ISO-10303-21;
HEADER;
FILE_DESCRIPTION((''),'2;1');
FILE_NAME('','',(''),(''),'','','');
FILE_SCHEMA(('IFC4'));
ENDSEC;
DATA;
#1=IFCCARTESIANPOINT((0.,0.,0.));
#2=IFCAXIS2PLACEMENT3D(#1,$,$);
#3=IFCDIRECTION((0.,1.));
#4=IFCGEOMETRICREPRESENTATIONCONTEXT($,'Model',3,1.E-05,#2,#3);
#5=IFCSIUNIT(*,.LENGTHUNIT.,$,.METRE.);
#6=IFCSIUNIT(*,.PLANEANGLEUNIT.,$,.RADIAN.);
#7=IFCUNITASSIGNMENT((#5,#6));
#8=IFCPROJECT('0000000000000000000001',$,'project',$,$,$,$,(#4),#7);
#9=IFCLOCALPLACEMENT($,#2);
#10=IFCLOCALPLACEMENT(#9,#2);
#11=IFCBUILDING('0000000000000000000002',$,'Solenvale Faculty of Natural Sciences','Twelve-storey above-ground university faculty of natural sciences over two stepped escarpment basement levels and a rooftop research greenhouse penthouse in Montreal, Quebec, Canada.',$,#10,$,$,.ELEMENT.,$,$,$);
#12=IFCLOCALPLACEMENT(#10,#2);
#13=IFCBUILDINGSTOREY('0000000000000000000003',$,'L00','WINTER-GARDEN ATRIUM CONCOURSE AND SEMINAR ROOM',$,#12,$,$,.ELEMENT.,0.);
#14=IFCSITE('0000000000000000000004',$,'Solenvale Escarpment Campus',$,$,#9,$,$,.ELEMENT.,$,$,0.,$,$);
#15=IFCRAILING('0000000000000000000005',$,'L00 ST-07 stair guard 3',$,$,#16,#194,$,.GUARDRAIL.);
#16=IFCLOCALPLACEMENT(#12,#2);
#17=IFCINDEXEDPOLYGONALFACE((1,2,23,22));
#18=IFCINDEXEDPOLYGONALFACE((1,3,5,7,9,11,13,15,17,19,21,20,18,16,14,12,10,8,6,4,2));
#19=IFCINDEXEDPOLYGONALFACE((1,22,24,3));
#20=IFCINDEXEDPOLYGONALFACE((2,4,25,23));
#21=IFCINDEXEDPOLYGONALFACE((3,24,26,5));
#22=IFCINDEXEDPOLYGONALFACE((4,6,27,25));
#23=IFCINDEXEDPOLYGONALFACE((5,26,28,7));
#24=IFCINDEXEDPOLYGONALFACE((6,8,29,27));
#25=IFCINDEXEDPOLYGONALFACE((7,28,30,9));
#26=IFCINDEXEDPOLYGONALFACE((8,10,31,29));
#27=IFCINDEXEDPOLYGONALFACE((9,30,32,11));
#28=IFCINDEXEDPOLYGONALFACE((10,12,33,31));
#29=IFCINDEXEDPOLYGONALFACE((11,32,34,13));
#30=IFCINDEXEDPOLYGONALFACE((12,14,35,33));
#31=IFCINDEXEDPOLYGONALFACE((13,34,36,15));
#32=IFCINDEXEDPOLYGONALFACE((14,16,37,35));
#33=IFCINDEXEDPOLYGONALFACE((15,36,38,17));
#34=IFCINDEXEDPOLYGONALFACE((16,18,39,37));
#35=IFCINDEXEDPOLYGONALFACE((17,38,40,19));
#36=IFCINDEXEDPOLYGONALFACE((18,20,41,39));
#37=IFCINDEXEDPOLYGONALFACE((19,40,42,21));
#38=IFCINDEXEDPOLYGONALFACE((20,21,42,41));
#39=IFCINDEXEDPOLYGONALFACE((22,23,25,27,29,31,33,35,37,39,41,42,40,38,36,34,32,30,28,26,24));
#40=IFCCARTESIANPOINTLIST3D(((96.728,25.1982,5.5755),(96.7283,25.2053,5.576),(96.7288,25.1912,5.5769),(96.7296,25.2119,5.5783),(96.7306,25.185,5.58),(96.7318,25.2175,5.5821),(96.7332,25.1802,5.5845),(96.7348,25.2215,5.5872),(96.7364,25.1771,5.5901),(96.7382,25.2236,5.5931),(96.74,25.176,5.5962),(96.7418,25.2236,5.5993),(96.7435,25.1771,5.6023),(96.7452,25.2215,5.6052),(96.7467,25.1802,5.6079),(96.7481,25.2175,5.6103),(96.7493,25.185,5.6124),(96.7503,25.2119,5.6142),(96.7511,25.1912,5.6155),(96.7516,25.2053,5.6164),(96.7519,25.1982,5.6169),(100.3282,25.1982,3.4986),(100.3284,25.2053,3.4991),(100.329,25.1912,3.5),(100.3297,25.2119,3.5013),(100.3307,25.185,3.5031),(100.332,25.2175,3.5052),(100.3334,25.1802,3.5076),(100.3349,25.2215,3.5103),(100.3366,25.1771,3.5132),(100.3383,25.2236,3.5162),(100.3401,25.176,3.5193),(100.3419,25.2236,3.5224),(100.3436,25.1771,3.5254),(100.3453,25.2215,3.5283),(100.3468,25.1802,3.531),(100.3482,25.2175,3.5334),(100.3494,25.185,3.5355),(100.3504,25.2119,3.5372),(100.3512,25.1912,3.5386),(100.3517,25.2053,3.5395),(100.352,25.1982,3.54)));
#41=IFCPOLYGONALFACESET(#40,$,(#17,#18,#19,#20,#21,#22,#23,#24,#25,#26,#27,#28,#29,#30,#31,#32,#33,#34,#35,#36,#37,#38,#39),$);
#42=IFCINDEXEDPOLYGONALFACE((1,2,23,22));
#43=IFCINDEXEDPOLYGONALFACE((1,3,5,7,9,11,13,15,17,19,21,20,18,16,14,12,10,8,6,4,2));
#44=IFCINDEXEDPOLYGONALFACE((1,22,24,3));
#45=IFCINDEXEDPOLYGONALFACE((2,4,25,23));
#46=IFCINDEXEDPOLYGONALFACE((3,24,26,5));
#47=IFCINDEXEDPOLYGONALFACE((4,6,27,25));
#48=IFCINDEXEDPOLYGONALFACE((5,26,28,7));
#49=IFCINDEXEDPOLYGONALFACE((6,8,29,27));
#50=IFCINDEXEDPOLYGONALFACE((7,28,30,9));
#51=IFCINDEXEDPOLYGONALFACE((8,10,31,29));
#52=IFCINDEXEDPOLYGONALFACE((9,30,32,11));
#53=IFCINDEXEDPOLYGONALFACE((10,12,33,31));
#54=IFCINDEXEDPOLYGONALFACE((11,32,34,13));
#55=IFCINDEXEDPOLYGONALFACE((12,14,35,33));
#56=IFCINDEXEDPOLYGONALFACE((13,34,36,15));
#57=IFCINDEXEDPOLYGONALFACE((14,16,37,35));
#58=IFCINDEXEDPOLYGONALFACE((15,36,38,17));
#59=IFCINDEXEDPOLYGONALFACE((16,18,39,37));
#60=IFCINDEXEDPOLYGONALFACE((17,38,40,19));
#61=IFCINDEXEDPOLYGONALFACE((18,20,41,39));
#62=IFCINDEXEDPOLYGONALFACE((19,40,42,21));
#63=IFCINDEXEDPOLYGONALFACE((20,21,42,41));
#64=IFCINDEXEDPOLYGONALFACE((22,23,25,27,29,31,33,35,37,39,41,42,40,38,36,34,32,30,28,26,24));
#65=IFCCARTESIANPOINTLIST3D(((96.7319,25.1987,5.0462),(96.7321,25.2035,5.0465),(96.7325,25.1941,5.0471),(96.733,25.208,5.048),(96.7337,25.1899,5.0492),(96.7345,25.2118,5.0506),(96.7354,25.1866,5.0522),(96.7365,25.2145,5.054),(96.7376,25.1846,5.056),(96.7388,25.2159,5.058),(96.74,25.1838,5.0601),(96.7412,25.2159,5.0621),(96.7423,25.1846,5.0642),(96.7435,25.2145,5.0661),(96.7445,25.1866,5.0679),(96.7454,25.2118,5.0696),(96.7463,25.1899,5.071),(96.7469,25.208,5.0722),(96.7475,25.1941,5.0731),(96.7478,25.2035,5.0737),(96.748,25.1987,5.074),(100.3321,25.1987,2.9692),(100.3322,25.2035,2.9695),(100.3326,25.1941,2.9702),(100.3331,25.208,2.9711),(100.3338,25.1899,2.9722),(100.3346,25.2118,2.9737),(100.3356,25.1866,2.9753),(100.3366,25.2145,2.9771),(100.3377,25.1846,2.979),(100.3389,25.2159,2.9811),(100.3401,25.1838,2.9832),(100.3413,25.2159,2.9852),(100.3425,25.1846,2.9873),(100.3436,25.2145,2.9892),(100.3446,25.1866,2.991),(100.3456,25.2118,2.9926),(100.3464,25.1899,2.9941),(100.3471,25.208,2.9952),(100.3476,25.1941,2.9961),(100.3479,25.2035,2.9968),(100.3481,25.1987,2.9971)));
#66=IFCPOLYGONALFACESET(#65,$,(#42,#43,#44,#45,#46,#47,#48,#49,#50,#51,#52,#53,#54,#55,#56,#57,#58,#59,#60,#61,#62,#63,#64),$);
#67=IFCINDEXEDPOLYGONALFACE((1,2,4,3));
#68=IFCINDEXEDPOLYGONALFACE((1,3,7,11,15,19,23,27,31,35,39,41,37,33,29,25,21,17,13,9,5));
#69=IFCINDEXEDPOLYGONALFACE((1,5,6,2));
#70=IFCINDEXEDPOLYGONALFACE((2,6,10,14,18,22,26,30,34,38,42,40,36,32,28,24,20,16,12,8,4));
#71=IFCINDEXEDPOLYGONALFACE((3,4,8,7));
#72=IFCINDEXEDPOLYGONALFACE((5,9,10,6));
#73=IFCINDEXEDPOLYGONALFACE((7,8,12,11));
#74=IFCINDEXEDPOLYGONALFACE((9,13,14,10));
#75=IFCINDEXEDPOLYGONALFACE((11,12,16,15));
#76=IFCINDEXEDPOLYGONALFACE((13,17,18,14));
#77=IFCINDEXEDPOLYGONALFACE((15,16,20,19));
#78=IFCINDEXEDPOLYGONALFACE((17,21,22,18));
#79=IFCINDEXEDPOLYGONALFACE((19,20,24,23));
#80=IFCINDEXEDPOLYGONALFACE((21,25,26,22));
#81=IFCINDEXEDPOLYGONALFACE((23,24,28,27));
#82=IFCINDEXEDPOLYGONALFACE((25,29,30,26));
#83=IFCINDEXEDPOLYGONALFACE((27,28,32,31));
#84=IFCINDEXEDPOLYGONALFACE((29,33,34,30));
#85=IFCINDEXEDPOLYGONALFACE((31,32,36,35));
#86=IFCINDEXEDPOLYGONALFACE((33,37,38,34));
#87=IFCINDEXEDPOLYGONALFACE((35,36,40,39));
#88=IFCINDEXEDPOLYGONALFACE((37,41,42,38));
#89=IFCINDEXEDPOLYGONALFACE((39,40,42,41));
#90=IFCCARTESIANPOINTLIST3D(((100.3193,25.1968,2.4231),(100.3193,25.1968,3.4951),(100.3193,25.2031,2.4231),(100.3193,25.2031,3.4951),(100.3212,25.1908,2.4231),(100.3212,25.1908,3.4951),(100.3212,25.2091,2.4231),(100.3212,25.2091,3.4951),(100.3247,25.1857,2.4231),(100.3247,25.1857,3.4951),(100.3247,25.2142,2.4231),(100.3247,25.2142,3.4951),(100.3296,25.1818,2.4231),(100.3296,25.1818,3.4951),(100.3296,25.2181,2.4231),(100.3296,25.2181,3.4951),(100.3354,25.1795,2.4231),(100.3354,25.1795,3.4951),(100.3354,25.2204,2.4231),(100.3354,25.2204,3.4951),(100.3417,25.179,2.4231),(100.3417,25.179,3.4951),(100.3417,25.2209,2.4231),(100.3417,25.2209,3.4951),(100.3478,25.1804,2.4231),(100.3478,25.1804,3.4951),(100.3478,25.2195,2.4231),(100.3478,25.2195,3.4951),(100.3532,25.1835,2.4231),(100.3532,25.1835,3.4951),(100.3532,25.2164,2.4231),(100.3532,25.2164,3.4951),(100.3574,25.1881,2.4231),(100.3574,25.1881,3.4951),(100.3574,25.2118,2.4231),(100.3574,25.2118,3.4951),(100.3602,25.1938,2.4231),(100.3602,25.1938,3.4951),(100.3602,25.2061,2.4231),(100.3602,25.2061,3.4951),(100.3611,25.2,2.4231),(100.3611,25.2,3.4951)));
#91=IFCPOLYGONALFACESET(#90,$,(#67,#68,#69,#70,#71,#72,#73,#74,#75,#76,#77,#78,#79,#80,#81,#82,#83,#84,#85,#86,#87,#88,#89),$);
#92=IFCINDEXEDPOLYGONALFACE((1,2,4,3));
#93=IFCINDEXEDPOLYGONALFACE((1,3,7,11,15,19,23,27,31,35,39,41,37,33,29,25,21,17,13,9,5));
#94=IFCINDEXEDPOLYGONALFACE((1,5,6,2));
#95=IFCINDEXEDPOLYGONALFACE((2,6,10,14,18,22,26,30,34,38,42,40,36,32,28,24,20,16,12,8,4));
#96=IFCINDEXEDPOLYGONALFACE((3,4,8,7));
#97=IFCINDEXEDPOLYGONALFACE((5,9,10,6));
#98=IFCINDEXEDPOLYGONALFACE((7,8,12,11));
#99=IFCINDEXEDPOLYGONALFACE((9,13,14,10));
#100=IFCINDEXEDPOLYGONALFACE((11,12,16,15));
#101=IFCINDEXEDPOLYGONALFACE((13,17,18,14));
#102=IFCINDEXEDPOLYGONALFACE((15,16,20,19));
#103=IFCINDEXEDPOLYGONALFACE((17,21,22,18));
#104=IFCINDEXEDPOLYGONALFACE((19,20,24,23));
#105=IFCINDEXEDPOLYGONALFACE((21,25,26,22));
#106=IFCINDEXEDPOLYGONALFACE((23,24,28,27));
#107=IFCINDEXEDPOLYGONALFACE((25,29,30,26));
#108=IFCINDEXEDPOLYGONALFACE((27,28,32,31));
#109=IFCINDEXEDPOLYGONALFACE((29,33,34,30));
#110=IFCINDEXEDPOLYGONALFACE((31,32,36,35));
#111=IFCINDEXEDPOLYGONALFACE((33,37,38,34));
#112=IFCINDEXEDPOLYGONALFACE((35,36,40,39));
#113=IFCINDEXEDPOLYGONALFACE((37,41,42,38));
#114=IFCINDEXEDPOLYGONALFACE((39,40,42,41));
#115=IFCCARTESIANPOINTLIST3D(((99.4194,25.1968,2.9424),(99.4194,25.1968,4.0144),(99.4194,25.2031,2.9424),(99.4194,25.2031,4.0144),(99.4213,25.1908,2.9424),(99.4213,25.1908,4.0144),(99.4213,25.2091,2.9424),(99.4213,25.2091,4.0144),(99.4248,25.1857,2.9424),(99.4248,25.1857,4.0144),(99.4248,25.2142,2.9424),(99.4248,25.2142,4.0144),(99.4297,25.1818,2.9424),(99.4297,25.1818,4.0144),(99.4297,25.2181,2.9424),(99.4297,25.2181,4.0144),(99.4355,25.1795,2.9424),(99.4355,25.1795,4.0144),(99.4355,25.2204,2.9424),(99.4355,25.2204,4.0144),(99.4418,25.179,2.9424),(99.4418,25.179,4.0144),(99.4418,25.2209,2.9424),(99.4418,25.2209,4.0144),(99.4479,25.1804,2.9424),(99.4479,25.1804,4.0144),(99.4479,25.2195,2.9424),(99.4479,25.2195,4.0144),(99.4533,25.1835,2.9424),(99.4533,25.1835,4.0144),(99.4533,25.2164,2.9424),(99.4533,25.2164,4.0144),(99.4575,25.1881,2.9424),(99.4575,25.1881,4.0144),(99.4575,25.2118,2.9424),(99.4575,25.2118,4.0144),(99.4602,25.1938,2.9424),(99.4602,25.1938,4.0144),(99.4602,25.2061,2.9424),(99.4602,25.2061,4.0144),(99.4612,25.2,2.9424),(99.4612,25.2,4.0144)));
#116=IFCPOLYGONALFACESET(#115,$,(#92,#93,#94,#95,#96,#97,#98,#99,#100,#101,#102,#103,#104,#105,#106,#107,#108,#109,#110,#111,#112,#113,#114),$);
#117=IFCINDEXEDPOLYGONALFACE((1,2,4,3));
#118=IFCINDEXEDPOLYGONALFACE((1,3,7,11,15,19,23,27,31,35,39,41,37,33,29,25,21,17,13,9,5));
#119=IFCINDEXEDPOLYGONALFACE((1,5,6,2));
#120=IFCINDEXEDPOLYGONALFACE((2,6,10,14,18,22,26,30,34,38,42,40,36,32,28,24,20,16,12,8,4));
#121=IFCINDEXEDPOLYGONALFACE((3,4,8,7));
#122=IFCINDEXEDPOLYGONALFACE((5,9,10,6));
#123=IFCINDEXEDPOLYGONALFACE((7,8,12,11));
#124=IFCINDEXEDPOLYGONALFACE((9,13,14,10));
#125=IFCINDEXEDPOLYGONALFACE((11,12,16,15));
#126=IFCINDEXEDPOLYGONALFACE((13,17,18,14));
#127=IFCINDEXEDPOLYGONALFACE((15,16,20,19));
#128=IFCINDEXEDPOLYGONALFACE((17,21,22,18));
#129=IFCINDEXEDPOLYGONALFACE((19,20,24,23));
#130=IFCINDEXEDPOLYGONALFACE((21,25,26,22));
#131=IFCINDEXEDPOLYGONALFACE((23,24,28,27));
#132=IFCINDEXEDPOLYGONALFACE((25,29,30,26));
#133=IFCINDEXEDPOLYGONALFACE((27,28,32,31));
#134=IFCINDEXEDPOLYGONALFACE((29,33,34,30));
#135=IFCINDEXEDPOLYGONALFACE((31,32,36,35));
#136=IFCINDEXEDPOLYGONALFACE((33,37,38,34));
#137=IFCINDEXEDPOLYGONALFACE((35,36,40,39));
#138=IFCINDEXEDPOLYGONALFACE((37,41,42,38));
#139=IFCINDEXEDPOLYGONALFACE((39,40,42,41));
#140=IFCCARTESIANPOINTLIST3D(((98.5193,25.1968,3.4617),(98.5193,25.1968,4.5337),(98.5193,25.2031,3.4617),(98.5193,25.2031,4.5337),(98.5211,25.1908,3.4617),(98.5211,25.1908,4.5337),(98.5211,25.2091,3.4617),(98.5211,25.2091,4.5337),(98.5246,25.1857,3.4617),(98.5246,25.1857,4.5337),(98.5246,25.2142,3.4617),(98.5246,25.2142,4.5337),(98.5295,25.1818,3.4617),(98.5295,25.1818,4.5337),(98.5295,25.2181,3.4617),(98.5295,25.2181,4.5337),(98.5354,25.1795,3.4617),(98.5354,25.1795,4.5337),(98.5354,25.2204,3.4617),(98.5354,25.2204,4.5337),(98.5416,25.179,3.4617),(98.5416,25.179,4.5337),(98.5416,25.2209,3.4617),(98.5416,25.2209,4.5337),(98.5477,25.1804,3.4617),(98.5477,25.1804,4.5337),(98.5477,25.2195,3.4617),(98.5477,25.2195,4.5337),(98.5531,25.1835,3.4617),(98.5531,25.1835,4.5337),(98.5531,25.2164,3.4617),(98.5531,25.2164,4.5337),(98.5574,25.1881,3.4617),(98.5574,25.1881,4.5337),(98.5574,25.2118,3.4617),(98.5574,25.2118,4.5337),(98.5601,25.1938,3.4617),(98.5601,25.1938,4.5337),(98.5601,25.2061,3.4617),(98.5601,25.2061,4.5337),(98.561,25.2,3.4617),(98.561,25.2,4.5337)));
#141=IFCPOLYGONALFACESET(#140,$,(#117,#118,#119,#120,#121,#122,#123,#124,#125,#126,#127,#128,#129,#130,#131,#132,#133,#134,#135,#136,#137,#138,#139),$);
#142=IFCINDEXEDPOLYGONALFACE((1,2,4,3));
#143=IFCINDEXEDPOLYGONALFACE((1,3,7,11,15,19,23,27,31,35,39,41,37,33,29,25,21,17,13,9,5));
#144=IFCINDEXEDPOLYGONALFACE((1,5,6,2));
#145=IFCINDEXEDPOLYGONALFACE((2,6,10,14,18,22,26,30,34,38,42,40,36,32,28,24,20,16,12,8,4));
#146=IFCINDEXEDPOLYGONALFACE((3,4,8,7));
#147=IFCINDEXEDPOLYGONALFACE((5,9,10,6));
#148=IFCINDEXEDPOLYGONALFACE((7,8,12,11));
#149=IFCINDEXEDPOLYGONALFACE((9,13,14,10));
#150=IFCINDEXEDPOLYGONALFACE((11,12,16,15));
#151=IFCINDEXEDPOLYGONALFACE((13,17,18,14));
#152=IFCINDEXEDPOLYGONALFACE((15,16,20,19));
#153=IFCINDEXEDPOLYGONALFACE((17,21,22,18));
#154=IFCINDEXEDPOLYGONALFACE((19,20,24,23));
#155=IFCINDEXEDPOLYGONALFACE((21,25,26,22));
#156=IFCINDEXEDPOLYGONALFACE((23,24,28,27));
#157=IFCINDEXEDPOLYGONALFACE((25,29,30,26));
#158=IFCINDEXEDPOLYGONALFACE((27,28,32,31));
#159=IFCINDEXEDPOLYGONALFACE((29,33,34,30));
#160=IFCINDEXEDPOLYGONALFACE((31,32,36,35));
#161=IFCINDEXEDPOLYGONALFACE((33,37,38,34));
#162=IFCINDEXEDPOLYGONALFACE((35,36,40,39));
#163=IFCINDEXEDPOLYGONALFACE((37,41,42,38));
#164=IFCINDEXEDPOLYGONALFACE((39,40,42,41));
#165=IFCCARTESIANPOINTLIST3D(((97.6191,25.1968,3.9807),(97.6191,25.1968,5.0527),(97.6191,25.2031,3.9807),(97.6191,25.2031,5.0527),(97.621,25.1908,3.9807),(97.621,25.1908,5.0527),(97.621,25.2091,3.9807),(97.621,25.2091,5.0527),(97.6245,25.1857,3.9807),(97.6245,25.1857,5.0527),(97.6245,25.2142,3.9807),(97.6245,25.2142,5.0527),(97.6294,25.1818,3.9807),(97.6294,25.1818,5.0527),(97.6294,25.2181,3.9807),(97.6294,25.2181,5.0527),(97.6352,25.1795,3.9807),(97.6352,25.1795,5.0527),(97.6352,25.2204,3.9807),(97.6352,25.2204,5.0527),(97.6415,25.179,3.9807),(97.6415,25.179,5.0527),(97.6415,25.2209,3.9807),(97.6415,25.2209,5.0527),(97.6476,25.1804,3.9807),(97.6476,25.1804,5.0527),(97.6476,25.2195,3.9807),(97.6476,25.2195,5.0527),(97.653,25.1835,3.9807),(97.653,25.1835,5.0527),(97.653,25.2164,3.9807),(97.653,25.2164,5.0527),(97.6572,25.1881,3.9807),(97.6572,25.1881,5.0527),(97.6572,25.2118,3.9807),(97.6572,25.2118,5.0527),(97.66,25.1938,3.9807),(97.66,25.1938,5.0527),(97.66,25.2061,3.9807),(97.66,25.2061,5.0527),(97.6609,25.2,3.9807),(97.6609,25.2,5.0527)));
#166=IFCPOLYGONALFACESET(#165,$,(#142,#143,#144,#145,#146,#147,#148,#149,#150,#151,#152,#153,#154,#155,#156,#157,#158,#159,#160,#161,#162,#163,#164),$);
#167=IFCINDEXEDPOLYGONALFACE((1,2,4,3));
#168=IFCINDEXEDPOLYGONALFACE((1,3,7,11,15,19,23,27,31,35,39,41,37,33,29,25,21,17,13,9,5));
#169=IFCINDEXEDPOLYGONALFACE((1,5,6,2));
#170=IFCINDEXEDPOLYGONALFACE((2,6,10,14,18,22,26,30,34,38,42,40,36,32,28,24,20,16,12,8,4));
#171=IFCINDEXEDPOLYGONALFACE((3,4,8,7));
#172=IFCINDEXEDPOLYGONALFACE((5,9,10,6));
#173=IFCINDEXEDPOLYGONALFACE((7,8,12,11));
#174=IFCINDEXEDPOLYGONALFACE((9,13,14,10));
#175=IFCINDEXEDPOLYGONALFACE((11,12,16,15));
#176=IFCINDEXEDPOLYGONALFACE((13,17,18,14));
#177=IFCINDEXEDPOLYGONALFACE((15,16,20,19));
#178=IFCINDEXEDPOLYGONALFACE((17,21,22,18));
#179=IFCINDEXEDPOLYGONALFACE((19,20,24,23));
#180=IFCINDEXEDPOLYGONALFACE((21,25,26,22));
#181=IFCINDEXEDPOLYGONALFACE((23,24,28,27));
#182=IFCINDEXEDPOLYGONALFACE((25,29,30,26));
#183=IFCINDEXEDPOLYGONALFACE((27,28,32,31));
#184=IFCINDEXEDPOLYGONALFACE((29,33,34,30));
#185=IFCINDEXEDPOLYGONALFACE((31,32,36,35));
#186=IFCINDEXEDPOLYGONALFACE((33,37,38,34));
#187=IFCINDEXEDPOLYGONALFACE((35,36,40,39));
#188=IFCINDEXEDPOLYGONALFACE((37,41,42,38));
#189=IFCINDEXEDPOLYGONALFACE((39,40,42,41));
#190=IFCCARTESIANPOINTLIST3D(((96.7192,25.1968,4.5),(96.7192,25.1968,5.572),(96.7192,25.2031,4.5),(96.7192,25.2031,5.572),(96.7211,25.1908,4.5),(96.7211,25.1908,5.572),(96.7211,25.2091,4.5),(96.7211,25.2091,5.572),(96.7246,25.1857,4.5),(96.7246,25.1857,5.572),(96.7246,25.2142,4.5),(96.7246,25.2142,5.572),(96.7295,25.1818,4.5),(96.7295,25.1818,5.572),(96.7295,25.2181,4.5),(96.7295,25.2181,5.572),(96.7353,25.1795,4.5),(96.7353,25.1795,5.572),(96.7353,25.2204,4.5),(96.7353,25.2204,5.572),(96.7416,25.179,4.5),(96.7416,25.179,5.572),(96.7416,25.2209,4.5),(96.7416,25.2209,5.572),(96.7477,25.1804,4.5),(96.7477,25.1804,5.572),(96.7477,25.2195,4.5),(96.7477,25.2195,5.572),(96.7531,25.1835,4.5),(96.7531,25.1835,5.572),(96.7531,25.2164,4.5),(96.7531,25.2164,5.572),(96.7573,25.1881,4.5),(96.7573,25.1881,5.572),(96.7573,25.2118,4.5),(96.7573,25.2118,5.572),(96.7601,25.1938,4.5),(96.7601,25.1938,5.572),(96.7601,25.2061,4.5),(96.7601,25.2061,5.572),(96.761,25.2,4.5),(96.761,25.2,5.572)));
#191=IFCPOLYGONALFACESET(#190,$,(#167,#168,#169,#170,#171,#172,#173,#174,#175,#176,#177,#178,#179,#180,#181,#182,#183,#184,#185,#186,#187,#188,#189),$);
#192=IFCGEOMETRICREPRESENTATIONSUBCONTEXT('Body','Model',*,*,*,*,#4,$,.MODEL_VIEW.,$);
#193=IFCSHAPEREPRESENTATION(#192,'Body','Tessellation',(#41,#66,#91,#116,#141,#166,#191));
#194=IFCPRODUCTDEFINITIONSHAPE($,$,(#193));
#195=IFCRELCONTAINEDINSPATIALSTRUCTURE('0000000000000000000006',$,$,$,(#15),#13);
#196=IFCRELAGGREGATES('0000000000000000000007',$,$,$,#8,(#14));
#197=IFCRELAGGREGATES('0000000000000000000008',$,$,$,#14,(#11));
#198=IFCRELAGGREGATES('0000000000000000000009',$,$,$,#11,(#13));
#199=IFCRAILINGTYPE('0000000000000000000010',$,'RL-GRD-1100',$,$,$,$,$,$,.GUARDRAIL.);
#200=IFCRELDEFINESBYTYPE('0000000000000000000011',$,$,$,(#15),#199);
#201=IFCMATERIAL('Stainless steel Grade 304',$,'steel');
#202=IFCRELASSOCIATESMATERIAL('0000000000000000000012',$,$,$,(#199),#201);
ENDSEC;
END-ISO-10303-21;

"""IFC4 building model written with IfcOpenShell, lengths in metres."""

from ifc_helpers import new_model, si_unit, direction, frame, origin, origin_2d, place, context, subcontext, project, spatial, circle, extrude, material, type_object, element, save


model = new_model("IFC4")

# Units and contexts
model_context = context("Model", 3, precision=1e-05, world=origin(), true_north=direction((0.0, 1.0)))
body_context = subcontext(model_context, "Body", "Model", "MODEL_VIEW")
ifc_project = project(units=[si_unit("LENGTHUNIT", "METRE"), si_unit("PLANEANGLEUNIT", "RADIAN")], contexts=[model_context])

# Site, building, storey
site_placement = place(None, origin())
site = spatial("IfcSite", under=ifc_project, at=site_placement, Name="Solenvale Escarpment Campus", CompositionType="ELEMENT", RefElevation=0.0)
building_placement = place(site_placement, origin())
building = spatial("IfcBuilding", under=site, at=building_placement, Name="Solenvale Faculty of Natural Sciences", Description="Twelve-storey above-ground university faculty of natural sciences over two stepped escarpment basement levels and a rooftop research greenhouse penthouse in Montreal, Quebec, Canada.", CompositionType="ELEMENT")
storey_placement = place(building_placement, origin())
storey = spatial("IfcBuildingStorey", under=building, at=storey_placement, Name="L00", Description="WINTER-GARDEN ATRIUM CONCOURSE AND SEMINAR ROOM", CompositionType="ELEMENT", Elevation=0.0)

# Railing
ifc_material_1 = material(Name="Stainless steel Grade 304", Category="steel")
railing_type_1 = type_object("IfcRailingType", Name="RL-GRD-1100", PredefinedType="GUARDRAIL", material=ifc_material_1)
railing_1_placement = place(storey_placement, frame((100.3401, 25.2, 2.4231)))
element("IfcRailing", 1, at=railing_1_placement, inside=storey, type_object=railing_type_1, Name="L00 ST-07 stair guard 3", PredefinedType="GUARDRAIL", context=body_context, shape_type="SweptSolid", body=[
    extrude(circle(Radius=0.0239, at=origin_2d()), frame((0.0, 0.0, 1.0962), z_axis=(-0.866193, 0.0, 0.499709), x_axis=(0.0, -1.0, 0.0)), (0.0, 0.0, 1.0), 4.1562),
    extrude(circle(Radius=0.0161, at=origin_2d()), frame((0.0, 0.0, 0.5601), z_axis=(-0.866193, 0.0, 0.499709), x_axis=(0.0, -1.0, 0.0)), (0.0, 0.0, 1.0), 4.1562),
    extrude(circle(Radius=0.021, at=origin_2d()), origin(), (0.0, 0.0, 1.0), 1.072),
    extrude(circle(Radius=0.021, at=origin_2d()), frame((-0.8999, 0.0, 0.5193)), (0.0, 0.0, 1.0), 1.072),
    extrude(circle(Radius=0.021, at=origin_2d()), frame((-1.8, 0.0, 1.0386)), (0.0, 0.0, 1.0), 1.072),
    extrude(circle(Radius=0.021, at=origin_2d()), frame((-2.7002, 0.0, 1.5576)), (0.0, 0.0, 1.0), 1.072),
    extrude(circle(Radius=0.021, at=origin_2d()), frame((-3.6001, 0.0, 2.0769)), (0.0, 0.0, 1.0), 1.072),
])

save(model, "model.ifc")
